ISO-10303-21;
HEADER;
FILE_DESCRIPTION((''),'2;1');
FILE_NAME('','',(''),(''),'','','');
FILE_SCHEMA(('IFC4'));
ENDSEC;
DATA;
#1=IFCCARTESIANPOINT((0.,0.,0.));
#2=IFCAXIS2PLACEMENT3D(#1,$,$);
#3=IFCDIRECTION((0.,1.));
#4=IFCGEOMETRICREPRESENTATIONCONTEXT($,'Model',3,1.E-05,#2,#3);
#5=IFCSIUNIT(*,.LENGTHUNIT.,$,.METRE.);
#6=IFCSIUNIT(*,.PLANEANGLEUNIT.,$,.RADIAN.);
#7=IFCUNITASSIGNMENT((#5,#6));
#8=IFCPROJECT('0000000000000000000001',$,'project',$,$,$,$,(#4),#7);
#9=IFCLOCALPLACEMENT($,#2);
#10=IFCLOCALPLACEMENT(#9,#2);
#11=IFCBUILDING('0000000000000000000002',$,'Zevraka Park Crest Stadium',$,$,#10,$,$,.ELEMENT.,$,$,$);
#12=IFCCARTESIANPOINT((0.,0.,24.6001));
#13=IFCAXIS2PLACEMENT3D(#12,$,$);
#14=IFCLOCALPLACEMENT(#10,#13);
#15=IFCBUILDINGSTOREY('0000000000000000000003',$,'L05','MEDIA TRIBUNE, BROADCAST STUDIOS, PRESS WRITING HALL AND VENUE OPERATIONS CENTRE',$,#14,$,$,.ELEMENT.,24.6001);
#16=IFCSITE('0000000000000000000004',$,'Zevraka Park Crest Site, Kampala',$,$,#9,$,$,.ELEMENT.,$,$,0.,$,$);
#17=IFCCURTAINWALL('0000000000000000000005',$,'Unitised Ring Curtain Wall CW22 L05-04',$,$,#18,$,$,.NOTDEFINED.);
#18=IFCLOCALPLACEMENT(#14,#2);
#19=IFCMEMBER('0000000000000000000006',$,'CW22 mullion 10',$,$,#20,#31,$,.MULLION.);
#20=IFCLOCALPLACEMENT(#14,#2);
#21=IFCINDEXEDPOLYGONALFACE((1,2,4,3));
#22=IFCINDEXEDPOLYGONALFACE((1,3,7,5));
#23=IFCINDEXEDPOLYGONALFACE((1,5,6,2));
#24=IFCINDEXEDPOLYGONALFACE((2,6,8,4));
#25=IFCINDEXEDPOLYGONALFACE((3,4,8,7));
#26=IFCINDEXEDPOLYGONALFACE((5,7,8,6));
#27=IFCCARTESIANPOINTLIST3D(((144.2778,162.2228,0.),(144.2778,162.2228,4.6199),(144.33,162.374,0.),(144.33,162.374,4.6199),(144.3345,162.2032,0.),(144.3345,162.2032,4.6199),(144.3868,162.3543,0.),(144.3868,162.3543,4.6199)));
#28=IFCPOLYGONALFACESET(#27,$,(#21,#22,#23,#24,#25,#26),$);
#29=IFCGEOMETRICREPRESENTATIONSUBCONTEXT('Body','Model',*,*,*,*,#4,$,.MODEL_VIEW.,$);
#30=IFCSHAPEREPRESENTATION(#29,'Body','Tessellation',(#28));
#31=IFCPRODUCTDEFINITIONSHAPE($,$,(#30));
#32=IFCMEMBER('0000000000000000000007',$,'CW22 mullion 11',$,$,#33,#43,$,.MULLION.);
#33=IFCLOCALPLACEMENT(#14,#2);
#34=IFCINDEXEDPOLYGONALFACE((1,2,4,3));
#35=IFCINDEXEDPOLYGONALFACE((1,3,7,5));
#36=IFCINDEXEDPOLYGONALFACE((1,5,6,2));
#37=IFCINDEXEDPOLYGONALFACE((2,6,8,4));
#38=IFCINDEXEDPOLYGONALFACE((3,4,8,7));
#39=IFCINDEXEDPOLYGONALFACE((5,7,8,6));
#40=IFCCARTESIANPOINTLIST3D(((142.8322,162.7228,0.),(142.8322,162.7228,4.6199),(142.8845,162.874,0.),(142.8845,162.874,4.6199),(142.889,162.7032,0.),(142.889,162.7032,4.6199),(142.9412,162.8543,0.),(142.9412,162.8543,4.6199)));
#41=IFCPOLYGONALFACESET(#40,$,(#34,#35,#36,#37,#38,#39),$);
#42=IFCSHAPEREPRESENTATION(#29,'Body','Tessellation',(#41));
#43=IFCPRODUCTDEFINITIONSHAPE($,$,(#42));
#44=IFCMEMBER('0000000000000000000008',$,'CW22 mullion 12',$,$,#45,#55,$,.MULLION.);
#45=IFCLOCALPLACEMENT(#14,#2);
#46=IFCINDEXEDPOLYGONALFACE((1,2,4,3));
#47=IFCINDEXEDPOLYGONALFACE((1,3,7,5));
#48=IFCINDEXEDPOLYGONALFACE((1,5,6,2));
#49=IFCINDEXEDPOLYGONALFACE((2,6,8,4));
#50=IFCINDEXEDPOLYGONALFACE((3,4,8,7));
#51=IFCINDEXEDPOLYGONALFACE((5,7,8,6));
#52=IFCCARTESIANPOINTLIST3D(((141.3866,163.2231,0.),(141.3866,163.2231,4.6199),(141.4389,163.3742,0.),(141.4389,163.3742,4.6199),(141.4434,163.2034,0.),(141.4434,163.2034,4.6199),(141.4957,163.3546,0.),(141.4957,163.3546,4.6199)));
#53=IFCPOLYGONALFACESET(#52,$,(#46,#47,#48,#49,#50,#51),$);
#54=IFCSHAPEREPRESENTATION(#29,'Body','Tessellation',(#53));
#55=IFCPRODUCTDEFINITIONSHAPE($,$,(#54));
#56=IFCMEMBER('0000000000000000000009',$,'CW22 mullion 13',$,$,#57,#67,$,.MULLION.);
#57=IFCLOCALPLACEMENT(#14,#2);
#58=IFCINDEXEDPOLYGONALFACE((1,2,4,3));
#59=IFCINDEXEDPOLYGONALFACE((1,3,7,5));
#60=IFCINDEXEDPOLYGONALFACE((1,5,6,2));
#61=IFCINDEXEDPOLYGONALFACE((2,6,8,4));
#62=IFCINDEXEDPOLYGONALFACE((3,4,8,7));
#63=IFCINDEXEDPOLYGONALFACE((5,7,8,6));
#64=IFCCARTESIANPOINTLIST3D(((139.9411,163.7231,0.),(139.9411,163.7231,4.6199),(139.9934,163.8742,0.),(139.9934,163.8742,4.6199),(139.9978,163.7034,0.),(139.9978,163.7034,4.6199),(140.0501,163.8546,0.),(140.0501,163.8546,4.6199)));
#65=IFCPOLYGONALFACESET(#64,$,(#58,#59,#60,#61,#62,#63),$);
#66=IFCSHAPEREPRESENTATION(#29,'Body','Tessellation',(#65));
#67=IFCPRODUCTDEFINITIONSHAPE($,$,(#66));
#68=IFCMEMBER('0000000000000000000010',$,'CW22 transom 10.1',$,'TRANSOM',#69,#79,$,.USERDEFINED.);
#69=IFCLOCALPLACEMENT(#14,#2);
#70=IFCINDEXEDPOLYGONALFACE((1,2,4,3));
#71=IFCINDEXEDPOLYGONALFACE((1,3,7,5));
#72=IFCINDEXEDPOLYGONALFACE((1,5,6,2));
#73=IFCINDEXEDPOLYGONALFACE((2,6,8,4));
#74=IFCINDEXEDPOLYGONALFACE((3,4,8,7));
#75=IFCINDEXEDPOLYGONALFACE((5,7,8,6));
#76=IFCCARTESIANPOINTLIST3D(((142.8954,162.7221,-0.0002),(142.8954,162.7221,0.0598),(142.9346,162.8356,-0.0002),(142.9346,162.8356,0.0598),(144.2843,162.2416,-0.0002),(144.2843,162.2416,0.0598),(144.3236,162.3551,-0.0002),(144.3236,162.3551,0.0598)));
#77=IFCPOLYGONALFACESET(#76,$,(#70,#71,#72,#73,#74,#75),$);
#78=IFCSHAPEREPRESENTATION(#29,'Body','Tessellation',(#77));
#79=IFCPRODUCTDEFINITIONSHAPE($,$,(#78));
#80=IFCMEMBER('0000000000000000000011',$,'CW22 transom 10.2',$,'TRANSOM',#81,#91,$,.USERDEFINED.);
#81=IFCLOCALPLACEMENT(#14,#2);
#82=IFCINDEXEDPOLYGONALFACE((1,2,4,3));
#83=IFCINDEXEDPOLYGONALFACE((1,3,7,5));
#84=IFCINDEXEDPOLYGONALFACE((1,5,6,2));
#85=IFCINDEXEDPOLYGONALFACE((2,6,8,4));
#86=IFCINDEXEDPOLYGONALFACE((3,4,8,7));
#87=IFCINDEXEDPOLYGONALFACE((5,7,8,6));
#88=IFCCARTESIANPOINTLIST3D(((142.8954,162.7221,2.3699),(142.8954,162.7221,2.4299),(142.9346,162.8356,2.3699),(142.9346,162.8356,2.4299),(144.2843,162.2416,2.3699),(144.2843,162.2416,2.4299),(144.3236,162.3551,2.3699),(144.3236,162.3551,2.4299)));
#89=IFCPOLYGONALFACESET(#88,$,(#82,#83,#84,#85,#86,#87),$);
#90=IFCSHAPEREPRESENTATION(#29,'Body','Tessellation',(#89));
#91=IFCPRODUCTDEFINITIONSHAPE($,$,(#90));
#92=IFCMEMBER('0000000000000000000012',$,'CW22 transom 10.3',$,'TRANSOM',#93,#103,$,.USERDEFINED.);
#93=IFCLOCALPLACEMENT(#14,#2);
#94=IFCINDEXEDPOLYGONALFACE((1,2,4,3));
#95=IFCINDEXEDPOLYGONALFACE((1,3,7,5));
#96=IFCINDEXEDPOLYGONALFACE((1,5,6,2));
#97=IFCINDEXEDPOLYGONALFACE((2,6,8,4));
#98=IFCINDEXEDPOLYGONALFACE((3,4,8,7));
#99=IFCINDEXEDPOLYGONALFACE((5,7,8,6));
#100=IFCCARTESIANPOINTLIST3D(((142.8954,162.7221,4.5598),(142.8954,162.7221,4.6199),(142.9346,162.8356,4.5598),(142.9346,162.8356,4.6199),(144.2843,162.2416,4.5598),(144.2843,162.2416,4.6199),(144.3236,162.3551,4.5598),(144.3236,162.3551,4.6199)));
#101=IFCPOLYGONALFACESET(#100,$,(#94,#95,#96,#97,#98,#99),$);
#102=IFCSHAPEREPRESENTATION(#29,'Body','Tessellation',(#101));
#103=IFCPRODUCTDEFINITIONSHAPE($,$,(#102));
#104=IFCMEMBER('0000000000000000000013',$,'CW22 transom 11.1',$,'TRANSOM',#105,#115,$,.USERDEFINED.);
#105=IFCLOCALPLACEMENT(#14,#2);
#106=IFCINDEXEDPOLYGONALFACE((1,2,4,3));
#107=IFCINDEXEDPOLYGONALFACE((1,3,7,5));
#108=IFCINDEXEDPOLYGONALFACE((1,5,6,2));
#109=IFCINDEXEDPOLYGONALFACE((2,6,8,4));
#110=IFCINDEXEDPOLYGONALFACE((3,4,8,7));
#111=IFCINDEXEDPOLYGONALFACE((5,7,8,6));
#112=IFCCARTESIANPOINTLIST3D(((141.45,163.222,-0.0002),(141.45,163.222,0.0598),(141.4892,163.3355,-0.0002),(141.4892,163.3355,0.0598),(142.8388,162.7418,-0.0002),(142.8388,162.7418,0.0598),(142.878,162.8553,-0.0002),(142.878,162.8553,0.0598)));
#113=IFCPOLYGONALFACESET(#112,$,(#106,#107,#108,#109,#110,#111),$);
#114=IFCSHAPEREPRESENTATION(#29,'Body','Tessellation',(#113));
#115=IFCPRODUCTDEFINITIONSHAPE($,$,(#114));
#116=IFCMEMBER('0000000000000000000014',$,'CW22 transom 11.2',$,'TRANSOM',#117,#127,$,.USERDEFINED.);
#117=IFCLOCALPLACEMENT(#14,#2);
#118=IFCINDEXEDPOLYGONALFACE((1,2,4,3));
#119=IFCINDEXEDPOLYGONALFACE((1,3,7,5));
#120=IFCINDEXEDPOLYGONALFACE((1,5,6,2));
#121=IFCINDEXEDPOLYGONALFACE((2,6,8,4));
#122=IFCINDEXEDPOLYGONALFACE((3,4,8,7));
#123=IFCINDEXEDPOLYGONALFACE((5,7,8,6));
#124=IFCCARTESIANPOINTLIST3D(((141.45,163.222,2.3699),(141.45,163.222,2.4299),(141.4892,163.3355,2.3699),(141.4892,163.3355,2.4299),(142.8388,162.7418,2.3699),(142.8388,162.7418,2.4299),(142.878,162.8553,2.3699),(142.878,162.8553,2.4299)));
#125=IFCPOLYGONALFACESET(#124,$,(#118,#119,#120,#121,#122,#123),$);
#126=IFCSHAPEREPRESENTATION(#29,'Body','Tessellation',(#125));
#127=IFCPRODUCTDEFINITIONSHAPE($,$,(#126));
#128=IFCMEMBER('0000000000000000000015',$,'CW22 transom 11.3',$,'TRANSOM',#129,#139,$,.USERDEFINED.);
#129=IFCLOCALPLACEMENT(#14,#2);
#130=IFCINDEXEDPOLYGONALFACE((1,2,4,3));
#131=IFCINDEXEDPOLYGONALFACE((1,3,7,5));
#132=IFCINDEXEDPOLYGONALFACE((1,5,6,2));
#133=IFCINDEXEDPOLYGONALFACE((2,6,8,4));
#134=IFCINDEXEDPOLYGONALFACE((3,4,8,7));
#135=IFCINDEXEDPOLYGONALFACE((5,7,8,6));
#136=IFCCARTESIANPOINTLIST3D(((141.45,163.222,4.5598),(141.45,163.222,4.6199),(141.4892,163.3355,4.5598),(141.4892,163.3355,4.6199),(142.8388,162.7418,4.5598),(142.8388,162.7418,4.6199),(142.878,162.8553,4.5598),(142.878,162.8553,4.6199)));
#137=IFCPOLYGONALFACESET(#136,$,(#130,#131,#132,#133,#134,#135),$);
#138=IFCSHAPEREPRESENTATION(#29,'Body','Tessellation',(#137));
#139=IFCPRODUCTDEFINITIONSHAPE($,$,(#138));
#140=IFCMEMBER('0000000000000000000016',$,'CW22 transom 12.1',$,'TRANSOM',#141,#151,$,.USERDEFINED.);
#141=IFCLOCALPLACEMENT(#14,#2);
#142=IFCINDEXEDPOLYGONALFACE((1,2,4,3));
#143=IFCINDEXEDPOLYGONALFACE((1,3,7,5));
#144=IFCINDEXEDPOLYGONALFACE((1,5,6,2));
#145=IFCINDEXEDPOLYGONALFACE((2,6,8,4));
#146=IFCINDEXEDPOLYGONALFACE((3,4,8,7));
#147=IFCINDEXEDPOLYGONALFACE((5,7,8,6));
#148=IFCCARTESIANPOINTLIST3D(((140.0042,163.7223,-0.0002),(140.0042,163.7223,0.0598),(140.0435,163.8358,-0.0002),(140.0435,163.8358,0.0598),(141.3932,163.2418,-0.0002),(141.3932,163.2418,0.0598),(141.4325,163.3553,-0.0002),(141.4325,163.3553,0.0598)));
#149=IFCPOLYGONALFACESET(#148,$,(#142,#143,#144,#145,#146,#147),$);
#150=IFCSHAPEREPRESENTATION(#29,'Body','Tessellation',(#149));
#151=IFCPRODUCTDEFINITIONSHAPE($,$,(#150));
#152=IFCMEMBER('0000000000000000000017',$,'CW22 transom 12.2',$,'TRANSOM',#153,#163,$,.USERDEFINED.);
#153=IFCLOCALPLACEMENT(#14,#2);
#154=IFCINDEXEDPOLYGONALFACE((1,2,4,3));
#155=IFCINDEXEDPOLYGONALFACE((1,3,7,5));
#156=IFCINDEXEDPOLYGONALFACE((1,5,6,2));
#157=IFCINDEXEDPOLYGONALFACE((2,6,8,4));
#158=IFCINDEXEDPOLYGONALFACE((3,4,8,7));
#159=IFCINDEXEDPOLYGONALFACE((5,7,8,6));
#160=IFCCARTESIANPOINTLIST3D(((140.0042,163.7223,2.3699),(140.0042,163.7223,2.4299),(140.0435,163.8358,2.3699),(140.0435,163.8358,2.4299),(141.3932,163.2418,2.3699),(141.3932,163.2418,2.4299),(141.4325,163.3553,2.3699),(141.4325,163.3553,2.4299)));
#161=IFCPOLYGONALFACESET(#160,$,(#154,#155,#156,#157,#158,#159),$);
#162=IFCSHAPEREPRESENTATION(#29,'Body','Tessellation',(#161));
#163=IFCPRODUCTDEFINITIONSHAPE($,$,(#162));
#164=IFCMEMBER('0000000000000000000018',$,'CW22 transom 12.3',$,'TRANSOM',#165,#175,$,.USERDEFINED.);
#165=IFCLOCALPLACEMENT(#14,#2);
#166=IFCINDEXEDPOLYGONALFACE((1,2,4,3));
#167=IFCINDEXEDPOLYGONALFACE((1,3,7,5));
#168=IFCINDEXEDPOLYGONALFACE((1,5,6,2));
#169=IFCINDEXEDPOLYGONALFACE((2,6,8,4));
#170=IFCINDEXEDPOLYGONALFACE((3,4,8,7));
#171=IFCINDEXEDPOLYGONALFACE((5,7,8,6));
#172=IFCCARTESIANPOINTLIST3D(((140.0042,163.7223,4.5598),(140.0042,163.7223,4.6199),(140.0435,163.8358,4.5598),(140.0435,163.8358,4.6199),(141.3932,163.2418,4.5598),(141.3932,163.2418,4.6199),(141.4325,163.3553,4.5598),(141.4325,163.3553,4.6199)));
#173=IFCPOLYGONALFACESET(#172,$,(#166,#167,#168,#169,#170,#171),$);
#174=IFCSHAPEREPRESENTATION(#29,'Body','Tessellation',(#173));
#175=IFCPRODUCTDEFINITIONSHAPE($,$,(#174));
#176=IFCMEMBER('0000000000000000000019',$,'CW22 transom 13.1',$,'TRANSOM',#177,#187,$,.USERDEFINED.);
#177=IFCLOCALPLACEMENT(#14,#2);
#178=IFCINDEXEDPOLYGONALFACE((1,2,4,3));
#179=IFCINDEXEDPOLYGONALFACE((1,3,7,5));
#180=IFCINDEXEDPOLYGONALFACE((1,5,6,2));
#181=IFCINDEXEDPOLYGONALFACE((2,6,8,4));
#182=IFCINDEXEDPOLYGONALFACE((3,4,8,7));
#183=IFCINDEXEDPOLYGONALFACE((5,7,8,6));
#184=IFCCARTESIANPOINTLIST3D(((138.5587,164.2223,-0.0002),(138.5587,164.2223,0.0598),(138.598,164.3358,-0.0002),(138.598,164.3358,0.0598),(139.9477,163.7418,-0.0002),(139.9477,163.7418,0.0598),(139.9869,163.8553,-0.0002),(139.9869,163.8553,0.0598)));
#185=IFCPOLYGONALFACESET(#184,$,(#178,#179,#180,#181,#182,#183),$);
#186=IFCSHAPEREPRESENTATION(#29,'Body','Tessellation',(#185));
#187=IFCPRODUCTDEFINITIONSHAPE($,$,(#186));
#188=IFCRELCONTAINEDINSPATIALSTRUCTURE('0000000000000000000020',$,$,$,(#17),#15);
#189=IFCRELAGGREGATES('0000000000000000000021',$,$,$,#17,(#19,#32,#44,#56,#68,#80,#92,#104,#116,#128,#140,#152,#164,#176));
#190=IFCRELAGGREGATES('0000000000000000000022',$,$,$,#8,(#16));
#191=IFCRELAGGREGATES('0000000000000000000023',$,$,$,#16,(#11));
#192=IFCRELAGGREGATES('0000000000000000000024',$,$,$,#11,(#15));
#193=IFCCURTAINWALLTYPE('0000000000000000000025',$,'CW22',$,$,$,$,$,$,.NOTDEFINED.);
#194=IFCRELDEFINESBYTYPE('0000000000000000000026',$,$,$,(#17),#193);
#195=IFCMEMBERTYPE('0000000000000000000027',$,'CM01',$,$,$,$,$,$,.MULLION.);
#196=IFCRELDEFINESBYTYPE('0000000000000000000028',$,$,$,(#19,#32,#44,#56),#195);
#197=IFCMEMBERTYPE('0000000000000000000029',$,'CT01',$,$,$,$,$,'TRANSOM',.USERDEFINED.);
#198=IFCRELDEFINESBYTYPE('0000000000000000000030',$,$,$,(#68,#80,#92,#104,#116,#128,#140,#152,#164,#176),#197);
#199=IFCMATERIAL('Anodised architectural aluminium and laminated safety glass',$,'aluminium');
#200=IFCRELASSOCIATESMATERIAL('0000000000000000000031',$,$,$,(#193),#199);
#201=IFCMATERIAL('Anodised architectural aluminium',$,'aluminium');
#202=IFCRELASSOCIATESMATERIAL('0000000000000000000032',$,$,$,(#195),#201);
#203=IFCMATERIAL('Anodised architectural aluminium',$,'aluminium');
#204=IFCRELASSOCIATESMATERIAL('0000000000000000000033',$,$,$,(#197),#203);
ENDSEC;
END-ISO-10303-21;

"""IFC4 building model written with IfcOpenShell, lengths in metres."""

from ifc_helpers import new_model, si_unit, direction, frame, origin, origin_2d, place, context, subcontext, project, spatial, rectangle, extrude, material, material_profile, profile_set, type_object, element, aggregate, save


model = new_model("IFC4")

# Units and contexts
model_context = context("Model", 3, precision=1e-05, world=origin(), true_north=direction((0.0, 1.0)))
body_context = subcontext(model_context, "Body", "Model", "MODEL_VIEW")
ifc_project = project(units=[si_unit("LENGTHUNIT", "METRE"), si_unit("PLANEANGLEUNIT", "RADIAN")], contexts=[model_context])

# Site, building, storey
site_placement = place(None, origin())
site = spatial("IfcSite", under=ifc_project, at=site_placement, Name="Zevraka Park Crest Site, Kampala", CompositionType="ELEMENT", RefElevation=0.0)
building_placement = place(site_placement, origin())
building = spatial("IfcBuilding", under=site, at=building_placement, Name="Zevraka Park Crest Stadium", CompositionType="ELEMENT")
storey_placement = place(building_placement, frame((0.0, 0.0, 24.6001)))
storey = spatial("IfcBuildingStorey", under=building, at=storey_placement, Name="L05", Description="MEDIA TRIBUNE, BROADCAST STUDIOS, PRESS WRITING HALL AND VENUE OPERATIONS CENTRE", CompositionType="ELEMENT", Elevation=24.6001)

# Curtain wall, members
ifc_material_1 = material(Name="Anodised architectural aluminium and laminated safety glass", Category="aluminium")
curtain_wall_type = type_object("IfcCurtainWallType", Name="CW22", PredefinedType="NOTDEFINED", material=ifc_material_1)
curtain_wall_placement = place(storey_placement, origin())
curtain_wall = element("IfcCurtainWall", 1, at=curtain_wall_placement, inside=storey, type_object=curtain_wall_type, Name="Unitised Ring Curtain Wall CW22 L05-04", PredefinedType="NOTDEFINED")
ifc_material_2 = material(Name="Anodised architectural aluminium", Category="aluminium")
ifc_material_profile_1 = material_profile(ifc_material_2, rectangle(XDim=0.1599, YDim=0.0601, at=origin_2d()), Name="ALU MULLION 160x60")
ifc_profile_set_1 = profile_set([ifc_material_profile_1], Name="Anodised architectural aluminium")
member_type_1 = type_object("IfcMemberType", Name="CM01", PredefinedType="MULLION", material=ifc_profile_set_1)
member_1_placement = place(storey_placement, frame((144.3323, 162.2886, 0.0), z_axis=(0.0, 0.0, 1.0), x_axis=(-0.326929, -0.945049, 0.0)))
member_1 = element("IfcMember", 2, at=member_1_placement, type_object=member_type_1, Name="CW22 mullion 10", PredefinedType="MULLION", context=body_context, shape_type="SweptSolid", body=[
    extrude(rectangle(XDim=0.1599, YDim=0.0601, at=origin_2d()), origin(), (0.0, 0.0, 1.0), 4.6199),
])
member_2_placement = place(storey_placement, frame((142.8867, 162.7886, 0.0), z_axis=(0.0, 0.0, 1.0), x_axis=(-0.326929, -0.945049, 0.0)))
member_2 = element("IfcMember", 3, at=member_2_placement, type_object=member_type_1, Name="CW22 mullion 11", PredefinedType="MULLION", context=body_context, shape_type="SweptSolid", body=[
    extrude(rectangle(XDim=0.1599, YDim=0.0601, at=origin_2d()), origin(), (0.0, 0.0, 1.0), 4.6199),
])
member_3_placement = place(storey_placement, frame((141.4412, 163.2888, 0.0), z_axis=(0.0, 0.0, 1.0), x_axis=(-0.326929, -0.945049, 0.0)))
member_3 = element("IfcMember", 4, at=member_3_placement, type_object=member_type_1, Name="CW22 mullion 12", PredefinedType="MULLION", context=body_context, shape_type="SweptSolid", body=[
    extrude(rectangle(XDim=0.1599, YDim=0.0601, at=origin_2d()), origin(), (0.0, 0.0, 1.0), 4.6199),
])
member_4_placement = place(storey_placement, frame((139.9956, 163.7888, 0.0), z_axis=(0.0, 0.0, 1.0), x_axis=(-0.326929, -0.945049, 0.0)))
member_4 = element("IfcMember", 5, at=member_4_placement, type_object=member_type_1, Name="CW22 mullion 13", PredefinedType="MULLION", context=body_context, shape_type="SweptSolid", body=[
    extrude(rectangle(XDim=0.1599, YDim=0.0601, at=origin_2d()), origin(), (0.0, 0.0, 1.0), 4.6199),
])
ifc_material_3 = material(Name="Anodised architectural aluminium", Category="aluminium")
ifc_material_profile_2 = material_profile(ifc_material_3, rectangle(XDim=0.1201, YDim=0.0601, at=origin_2d()), Name="ALU TRANSOM 120x60")
ifc_profile_set_2 = profile_set([ifc_material_profile_2], Name="Anodised architectural aluminium")
member_type_2 = type_object("IfcMemberType", Name="CT01", ElementType="TRANSOM", PredefinedType="USERDEFINED", material=ifc_profile_set_2)
member_5_placement = place(storey_placement, frame((144.304, 162.2983, 0.0298), z_axis=(-0.945051, 0.326922, 0.0), x_axis=(-0.326922, -0.945051, 0.0)))
member_5 = element("IfcMember", 6, at=member_5_placement, type_object=member_type_2, Name="CW22 transom 10.1", ObjectType="TRANSOM", PredefinedType="USERDEFINED", context=body_context, shape_type="SweptSolid", body=[
    extrude(rectangle(XDim=0.1201, YDim=0.0601, at=origin_2d()), origin(), (0.0, 0.0, 1.0), 1.4697),
])
member_6_placement = place(storey_placement, frame((144.304, 162.2983, 2.3999), z_axis=(-0.945051, 0.326922, 0.0), x_axis=(-0.326922, -0.945051, 0.0)))
member_6 = element("IfcMember", 7, at=member_6_placement, type_object=member_type_2, Name="CW22 transom 10.2", ObjectType="TRANSOM", PredefinedType="USERDEFINED", context=body_context, shape_type="SweptSolid", body=[
    extrude(rectangle(XDim=0.1201, YDim=0.0601, at=origin_2d()), origin(), (0.0, 0.0, 1.0), 1.4697),
])
member_7_placement = place(storey_placement, frame((144.304, 162.2983, 4.5898), z_axis=(-0.945051, 0.326922, 0.0), x_axis=(-0.326922, -0.945051, 0.0)))
member_7 = element("IfcMember", 8, at=member_7_placement, type_object=member_type_2, Name="CW22 transom 10.3", ObjectType="TRANSOM", PredefinedType="USERDEFINED", context=body_context, shape_type="SweptSolid", body=[
    extrude(rectangle(XDim=0.1201, YDim=0.0601, at=origin_2d()), origin(), (0.0, 0.0, 1.0), 1.4697),
])
member_8_placement = place(storey_placement, frame((142.8584, 162.7986, 0.0298), z_axis=(-0.945103, 0.326774, 0.0), x_axis=(-0.326774, -0.945103, 0.0)))
member_8 = element("IfcMember", 9, at=member_8_placement, type_object=member_type_2, Name="CW22 transom 11.1", ObjectType="TRANSOM", PredefinedType="USERDEFINED", context=body_context, shape_type="SweptSolid", body=[
    extrude(rectangle(XDim=0.1201, YDim=0.0601, at=origin_2d()), origin(), (0.0, 0.0, 1.0), 1.4695),
])
member_9_placement = place(storey_placement, frame((142.8584, 162.7986, 2.3999), z_axis=(-0.945103, 0.326774, 0.0), x_axis=(-0.326774, -0.945103, 0.0)))
member_9 = element("IfcMember", 10, at=member_9_placement, type_object=member_type_2, Name="CW22 transom 11.2", ObjectType="TRANSOM", PredefinedType="USERDEFINED", context=body_context, shape_type="SweptSolid", body=[
    extrude(rectangle(XDim=0.1201, YDim=0.0601, at=origin_2d()), origin(), (0.0, 0.0, 1.0), 1.4695),
])
member_10_placement = place(storey_placement, frame((142.8584, 162.7986, 4.5898), z_axis=(-0.945103, 0.326774, 0.0), x_axis=(-0.326774, -0.945103, 0.0)))
member_10 = element("IfcMember", 11, at=member_10_placement, type_object=member_type_2, Name="CW22 transom 11.3", ObjectType="TRANSOM", PredefinedType="USERDEFINED", context=body_context, shape_type="SweptSolid", body=[
    extrude(rectangle(XDim=0.1201, YDim=0.0601, at=origin_2d()), origin(), (0.0, 0.0, 1.0), 1.4695),
])
member_11_placement = place(storey_placement, frame((141.4128, 163.2986, 0.0298), z_axis=(-0.945051, 0.326922, 0.0), x_axis=(-0.326922, -0.945051, 0.0)))
member_11 = element("IfcMember", 12, at=member_11_placement, type_object=member_type_2, Name="CW22 transom 12.1", ObjectType="TRANSOM", PredefinedType="USERDEFINED", context=body_context, shape_type="SweptSolid", body=[
    extrude(rectangle(XDim=0.1201, YDim=0.0601, at=origin_2d()), origin(), (0.0, 0.0, 1.0), 1.4697),
])
member_12_placement = place(storey_placement, frame((141.4128, 163.2986, 2.3999), z_axis=(-0.945051, 0.326922, 0.0), x_axis=(-0.326922, -0.945051, 0.0)))
member_12 = element("IfcMember", 13, at=member_12_placement, type_object=member_type_2, Name="CW22 transom 12.2", ObjectType="TRANSOM", PredefinedType="USERDEFINED", context=body_context, shape_type="SweptSolid", body=[
    extrude(rectangle(XDim=0.1201, YDim=0.0601, at=origin_2d()), origin(), (0.0, 0.0, 1.0), 1.4697),
])
member_13_placement = place(storey_placement, frame((141.4128, 163.2986, 4.5898), z_axis=(-0.945051, 0.326922, 0.0), x_axis=(-0.326922, -0.945051, 0.0)))
member_13 = element("IfcMember", 14, at=member_13_placement, type_object=member_type_2, Name="CW22 transom 12.3", ObjectType="TRANSOM", PredefinedType="USERDEFINED", context=body_context, shape_type="SweptSolid", body=[
    extrude(rectangle(XDim=0.1201, YDim=0.0601, at=origin_2d()), origin(), (0.0, 0.0, 1.0), 1.4697),
])
member_14_placement = place(storey_placement, frame((139.9673, 163.7986, 0.0298), z_axis=(-0.945051, 0.326922, 0.0), x_axis=(-0.326922, -0.945051, 0.0)))
member_14 = element("IfcMember", 15, at=member_14_placement, type_object=member_type_2, Name="CW22 transom 13.1", ObjectType="TRANSOM", PredefinedType="USERDEFINED", context=body_context, shape_type="SweptSolid", body=[
    extrude(rectangle(XDim=0.1201, YDim=0.0601, at=origin_2d()), origin(), (0.0, 0.0, 1.0), 1.4697),
])
aggregate(curtain_wall, [member_1, member_2, member_3, member_4, member_5, member_6, member_7, member_8, member_9, member_10, member_11, member_12, member_13, member_14])

save(model, "model.ifc")
